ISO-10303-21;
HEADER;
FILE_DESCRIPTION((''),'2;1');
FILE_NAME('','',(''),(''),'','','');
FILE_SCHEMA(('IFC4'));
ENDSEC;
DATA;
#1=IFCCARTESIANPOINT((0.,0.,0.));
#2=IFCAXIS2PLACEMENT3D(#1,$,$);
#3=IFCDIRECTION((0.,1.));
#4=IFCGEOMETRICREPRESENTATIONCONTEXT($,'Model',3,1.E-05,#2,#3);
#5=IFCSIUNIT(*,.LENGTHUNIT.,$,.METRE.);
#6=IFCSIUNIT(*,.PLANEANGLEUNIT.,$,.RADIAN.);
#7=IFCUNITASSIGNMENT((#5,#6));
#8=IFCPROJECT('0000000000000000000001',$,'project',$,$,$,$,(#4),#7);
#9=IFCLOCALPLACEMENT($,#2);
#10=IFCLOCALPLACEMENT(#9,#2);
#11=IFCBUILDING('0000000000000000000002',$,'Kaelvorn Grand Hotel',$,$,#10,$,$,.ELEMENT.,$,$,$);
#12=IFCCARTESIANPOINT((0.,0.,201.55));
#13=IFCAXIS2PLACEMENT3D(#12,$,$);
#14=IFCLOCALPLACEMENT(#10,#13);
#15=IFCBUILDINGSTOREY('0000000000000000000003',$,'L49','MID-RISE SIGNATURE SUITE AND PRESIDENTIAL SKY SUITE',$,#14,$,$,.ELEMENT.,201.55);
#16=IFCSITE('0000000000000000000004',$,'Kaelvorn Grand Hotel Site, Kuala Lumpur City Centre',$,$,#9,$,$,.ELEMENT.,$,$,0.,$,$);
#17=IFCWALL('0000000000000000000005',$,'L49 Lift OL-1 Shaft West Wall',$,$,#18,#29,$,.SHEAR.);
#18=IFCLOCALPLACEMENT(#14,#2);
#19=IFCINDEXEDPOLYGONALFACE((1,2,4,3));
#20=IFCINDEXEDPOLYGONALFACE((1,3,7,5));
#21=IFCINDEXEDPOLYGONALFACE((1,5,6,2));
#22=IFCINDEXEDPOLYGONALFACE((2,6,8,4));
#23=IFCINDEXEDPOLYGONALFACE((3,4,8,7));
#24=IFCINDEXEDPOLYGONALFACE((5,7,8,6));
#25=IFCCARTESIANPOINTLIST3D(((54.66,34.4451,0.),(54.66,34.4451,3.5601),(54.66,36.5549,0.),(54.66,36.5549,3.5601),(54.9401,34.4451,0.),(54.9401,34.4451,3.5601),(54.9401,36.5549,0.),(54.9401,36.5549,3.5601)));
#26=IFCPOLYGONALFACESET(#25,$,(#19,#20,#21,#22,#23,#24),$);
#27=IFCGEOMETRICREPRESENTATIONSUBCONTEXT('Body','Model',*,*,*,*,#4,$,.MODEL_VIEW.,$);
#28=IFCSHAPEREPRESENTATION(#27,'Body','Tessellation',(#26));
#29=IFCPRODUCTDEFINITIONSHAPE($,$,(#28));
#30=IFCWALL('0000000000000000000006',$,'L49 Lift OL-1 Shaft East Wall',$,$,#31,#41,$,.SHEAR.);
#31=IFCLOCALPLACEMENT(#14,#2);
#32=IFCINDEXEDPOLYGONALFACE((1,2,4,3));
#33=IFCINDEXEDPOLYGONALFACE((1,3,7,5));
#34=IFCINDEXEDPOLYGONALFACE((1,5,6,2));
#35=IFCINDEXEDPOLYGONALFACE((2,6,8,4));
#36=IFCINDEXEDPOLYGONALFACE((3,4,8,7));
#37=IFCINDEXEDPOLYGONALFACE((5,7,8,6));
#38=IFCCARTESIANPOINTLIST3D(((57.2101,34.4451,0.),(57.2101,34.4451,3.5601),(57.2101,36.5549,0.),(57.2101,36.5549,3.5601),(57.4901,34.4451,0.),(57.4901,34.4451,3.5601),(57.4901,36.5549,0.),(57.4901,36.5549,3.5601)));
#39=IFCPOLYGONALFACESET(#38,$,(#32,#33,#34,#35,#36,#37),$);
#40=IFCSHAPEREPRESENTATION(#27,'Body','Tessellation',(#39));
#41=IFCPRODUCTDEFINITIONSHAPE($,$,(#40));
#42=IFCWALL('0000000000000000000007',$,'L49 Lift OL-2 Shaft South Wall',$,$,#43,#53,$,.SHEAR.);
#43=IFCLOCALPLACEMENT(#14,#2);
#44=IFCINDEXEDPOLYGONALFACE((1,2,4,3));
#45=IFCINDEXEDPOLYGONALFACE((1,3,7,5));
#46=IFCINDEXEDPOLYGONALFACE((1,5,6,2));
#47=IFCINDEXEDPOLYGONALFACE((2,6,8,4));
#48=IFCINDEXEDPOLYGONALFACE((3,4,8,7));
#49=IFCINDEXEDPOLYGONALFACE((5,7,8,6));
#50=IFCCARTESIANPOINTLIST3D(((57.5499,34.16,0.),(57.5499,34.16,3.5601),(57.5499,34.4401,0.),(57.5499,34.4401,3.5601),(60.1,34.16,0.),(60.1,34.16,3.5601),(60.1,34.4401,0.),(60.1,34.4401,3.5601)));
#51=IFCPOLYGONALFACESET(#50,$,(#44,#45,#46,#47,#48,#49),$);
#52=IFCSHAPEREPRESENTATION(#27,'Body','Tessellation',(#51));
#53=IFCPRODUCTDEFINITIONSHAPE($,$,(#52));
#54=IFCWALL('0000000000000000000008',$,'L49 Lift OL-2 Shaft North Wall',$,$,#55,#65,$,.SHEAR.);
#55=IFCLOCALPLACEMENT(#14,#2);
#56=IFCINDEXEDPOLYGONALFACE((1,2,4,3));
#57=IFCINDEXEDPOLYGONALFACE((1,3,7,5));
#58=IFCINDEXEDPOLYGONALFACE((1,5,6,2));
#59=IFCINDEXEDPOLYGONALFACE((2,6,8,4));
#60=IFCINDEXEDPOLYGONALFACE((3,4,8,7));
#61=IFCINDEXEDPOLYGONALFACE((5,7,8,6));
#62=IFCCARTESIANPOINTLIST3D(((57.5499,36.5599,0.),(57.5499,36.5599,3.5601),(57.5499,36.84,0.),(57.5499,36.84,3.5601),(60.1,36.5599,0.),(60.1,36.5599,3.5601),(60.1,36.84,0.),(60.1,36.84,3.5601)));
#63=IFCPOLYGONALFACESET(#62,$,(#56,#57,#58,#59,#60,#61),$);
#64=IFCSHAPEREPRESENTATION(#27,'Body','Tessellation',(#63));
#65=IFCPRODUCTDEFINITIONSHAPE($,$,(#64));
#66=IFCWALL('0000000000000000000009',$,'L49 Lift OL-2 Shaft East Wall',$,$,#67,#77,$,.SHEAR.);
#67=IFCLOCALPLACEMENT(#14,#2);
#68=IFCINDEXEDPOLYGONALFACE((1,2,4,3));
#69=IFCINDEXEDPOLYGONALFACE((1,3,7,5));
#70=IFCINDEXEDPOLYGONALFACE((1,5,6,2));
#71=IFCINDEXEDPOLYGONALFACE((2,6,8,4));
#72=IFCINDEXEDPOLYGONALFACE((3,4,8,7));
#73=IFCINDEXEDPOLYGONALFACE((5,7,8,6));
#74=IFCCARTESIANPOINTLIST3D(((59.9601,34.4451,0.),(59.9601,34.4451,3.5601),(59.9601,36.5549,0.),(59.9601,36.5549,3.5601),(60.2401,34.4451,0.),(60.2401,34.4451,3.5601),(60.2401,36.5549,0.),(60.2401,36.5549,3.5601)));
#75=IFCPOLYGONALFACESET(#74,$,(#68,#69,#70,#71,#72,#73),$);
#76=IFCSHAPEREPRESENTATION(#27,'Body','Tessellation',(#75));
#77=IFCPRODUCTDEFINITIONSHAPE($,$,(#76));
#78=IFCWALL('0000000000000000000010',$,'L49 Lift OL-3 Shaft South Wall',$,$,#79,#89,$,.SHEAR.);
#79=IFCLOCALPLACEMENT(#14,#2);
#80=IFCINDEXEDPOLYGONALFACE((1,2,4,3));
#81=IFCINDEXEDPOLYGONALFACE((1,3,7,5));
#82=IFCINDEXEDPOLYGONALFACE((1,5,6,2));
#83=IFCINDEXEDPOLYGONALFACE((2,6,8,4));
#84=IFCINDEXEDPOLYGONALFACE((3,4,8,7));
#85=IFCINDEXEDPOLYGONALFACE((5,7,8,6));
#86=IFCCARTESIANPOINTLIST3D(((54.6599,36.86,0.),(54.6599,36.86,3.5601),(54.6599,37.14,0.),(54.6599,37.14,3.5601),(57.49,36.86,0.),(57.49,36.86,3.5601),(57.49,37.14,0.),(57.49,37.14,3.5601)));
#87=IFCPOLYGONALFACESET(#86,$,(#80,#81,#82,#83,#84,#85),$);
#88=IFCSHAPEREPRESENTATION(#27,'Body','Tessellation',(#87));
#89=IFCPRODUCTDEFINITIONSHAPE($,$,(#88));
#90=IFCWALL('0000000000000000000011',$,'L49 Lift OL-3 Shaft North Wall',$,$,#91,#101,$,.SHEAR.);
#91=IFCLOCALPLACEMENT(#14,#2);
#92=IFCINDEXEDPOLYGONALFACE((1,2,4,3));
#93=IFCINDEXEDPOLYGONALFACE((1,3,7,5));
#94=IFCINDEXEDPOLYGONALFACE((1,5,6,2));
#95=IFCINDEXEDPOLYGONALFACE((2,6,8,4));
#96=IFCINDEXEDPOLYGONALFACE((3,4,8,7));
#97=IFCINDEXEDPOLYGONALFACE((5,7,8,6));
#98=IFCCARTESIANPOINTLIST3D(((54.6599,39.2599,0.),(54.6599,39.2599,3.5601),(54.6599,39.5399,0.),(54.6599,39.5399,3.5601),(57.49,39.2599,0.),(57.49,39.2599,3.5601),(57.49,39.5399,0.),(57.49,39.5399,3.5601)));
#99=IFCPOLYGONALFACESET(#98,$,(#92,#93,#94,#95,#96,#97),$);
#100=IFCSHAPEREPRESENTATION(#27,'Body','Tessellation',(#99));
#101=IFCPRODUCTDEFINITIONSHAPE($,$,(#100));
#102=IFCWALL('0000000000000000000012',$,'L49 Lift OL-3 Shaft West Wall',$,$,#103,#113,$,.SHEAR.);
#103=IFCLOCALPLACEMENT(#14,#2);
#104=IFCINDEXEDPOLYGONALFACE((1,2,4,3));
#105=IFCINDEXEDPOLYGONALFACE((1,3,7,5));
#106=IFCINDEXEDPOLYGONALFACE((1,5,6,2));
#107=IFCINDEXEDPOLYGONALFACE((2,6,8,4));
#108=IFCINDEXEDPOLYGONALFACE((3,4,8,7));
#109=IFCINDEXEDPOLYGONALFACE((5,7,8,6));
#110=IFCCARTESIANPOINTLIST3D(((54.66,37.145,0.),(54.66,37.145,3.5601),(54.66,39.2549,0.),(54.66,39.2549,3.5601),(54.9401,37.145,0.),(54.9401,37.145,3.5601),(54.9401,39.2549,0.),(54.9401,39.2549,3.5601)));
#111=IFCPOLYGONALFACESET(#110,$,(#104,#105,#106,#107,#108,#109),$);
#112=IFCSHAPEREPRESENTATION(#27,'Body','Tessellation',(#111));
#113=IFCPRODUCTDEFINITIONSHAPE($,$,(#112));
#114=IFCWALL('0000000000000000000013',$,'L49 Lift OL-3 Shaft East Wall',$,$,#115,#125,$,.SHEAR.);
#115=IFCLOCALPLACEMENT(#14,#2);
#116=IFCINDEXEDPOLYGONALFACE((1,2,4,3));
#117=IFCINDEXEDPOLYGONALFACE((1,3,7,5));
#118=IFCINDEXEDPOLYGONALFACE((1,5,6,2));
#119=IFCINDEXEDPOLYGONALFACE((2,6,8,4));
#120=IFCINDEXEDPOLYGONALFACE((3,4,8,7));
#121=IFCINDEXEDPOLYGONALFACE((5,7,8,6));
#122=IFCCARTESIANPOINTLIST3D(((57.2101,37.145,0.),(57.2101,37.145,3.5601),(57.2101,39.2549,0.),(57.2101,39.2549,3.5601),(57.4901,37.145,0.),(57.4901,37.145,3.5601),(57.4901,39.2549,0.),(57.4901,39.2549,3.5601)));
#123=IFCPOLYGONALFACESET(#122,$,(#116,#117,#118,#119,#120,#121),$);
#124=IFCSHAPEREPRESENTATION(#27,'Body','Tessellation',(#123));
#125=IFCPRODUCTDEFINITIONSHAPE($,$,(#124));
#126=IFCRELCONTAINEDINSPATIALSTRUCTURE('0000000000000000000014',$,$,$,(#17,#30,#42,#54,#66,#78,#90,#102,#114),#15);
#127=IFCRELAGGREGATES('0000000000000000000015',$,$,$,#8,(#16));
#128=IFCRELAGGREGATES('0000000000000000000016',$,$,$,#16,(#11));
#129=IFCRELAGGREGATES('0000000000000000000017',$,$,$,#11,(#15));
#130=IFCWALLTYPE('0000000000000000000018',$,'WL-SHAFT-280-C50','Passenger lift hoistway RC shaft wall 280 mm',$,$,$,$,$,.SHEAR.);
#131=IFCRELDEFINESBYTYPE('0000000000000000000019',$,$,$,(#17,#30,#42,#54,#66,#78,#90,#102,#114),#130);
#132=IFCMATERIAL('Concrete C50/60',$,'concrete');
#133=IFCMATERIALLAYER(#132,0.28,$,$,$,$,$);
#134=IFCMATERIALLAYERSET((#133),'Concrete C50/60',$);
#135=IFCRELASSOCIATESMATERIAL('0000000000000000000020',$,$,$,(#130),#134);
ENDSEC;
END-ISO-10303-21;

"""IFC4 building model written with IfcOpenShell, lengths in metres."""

from ifc_helpers import new_model, si_unit, direction, frame, frame_2d, origin, place, context, subcontext, project, spatial, rectangle, extrude, material, layer, layer_set, type_object, element, save


model = new_model("IFC4")

# Units and contexts
model_context = context("Model", 3, precision=1e-05, world=origin(), true_north=direction((0.0, 1.0)))
body_context = subcontext(model_context, "Body", "Model", "MODEL_VIEW")
ifc_project = project(units=[si_unit("LENGTHUNIT", "METRE"), si_unit("PLANEANGLEUNIT", "RADIAN")], contexts=[model_context])

# Site, building, storey
site_placement = place(None, origin())
site = spatial("IfcSite", under=ifc_project, at=site_placement, Name="Kaelvorn Grand Hotel Site, Kuala Lumpur City Centre", CompositionType="ELEMENT", RefElevation=0.0)
building_placement = place(site_placement, origin())
building = spatial("IfcBuilding", under=site, at=building_placement, Name="Kaelvorn Grand Hotel", CompositionType="ELEMENT")
storey_placement = place(building_placement, frame((0.0, 0.0, 201.55)))
storey = spatial("IfcBuildingStorey", under=building, at=storey_placement, Name="L49", Description="MID-RISE SIGNATURE SUITE AND PRESIDENTIAL SKY SUITE", CompositionType="ELEMENT", Elevation=201.55)

# Shared definitions
ifc_material_1 = material(Name="Concrete C50/60", Category="concrete")

# Walls
ifc_layer_1 = layer(ifc_material_1, 0.28)
ifc_layer_set_1 = layer_set([ifc_layer_1], Name="Concrete C50/60")
wall_type_1 = type_object("IfcWallType", Name="WL-SHAFT-280-C50", Description="Passenger lift hoistway RC shaft wall 280 mm", PredefinedType="SHEAR", material=ifc_layer_set_1)
for number, where, z_axis, x_axis, name in (
    (1, (54.8, 34.4451, 0.0), (0.0, 0.0, 1.0), (0.0, 1.0, 0.0), "L49 Lift OL-1 Shaft West Wall"),
    (2, (57.3501, 34.4451, 0.0), (0.0, 0.0, 1.0), (0.0, 1.0, 0.0), "L49 Lift OL-1 Shaft East Wall"),
):
    element("IfcWall", number, at=place(storey_placement, frame(where, z_axis=z_axis, x_axis=x_axis)), inside=storey, type_object=wall_type_1, Name=name, PredefinedType="SHEAR", context=body_context, shape_type="SweptSolid", body=[
        extrude(rectangle(XDim=2.1099, YDim=0.28, at=frame_2d((1.0549, 0.0))), origin(), (0.0, 0.0, 1.0), 3.5601),
    ])
for number, where, z_axis, x_axis, name in (
    (3, (57.55, 34.3, 0.0), (0.0, 0.0, 1.0), (1.0, 0.0, 0.0), "L49 Lift OL-2 Shaft South Wall"),
    (4, (57.55, 36.7, 0.0), (0.0, 0.0, 1.0), (1.0, 0.0, 0.0), "L49 Lift OL-2 Shaft North Wall"),
):
    element("IfcWall", number, at=place(storey_placement, frame(where, z_axis=z_axis, x_axis=x_axis)), inside=storey, type_object=wall_type_1, Name=name, PredefinedType="SHEAR", context=body_context, shape_type="SweptSolid", body=[
        extrude(rectangle(XDim=2.55, YDim=0.28, at=frame_2d((1.2749, 0.0))), origin(), (0.0, 0.0, 1.0), 3.5601),
    ])
wall_1_placement = place(storey_placement, frame((60.1001, 34.4451, 0.0), z_axis=(0.0, 0.0, 1.0), x_axis=(0.0, 1.0, 0.0)))
element("IfcWall", 5, at=wall_1_placement, inside=storey, type_object=wall_type_1, Name="L49 Lift OL-2 Shaft East Wall", PredefinedType="SHEAR", context=body_context, shape_type="SweptSolid", body=[
    extrude(rectangle(XDim=2.1099, YDim=0.28, at=frame_2d((1.0549, 0.0))), origin(), (0.0, 0.0, 1.0), 3.5601),
])
for number, where, z_axis, x_axis, name in (
    (6, (54.6599, 37.0, 0.0), (0.0, 0.0, 1.0), (1.0, 0.0, 0.0), "L49 Lift OL-3 Shaft South Wall"),
    (7, (54.6599, 39.3999, 0.0), (0.0, 0.0, 1.0), (1.0, 0.0, 0.0), "L49 Lift OL-3 Shaft North Wall"),
):
    element("IfcWall", number, at=place(storey_placement, frame(where, z_axis=z_axis, x_axis=x_axis)), inside=storey, type_object=wall_type_1, Name=name, PredefinedType="SHEAR", context=body_context, shape_type="SweptSolid", body=[
        extrude(rectangle(XDim=2.8301, YDim=0.28, at=frame_2d((1.415, 0.0))), origin(), (0.0, 0.0, 1.0), 3.5601),
    ])
for number, where, z_axis, x_axis, name in (
    (8, (54.8, 37.145, 0.0), (0.0, 0.0, 1.0), (0.0, 1.0, 0.0), "L49 Lift OL-3 Shaft West Wall"),
    (9, (57.3501, 37.145, 0.0), (0.0, 0.0, 1.0), (0.0, 1.0, 0.0), "L49 Lift OL-3 Shaft East Wall"),
):
    element("IfcWall", number, at=place(storey_placement, frame(where, z_axis=z_axis, x_axis=x_axis)), inside=storey, type_object=wall_type_1, Name=name, PredefinedType="SHEAR", context=body_context, shape_type="SweptSolid", body=[
        extrude(rectangle(XDim=2.1099, YDim=0.28, at=frame_2d((1.0549, 0.0))), origin(), (0.0, 0.0, 1.0), 3.5601),
    ])

save(model, "model.ifc")
